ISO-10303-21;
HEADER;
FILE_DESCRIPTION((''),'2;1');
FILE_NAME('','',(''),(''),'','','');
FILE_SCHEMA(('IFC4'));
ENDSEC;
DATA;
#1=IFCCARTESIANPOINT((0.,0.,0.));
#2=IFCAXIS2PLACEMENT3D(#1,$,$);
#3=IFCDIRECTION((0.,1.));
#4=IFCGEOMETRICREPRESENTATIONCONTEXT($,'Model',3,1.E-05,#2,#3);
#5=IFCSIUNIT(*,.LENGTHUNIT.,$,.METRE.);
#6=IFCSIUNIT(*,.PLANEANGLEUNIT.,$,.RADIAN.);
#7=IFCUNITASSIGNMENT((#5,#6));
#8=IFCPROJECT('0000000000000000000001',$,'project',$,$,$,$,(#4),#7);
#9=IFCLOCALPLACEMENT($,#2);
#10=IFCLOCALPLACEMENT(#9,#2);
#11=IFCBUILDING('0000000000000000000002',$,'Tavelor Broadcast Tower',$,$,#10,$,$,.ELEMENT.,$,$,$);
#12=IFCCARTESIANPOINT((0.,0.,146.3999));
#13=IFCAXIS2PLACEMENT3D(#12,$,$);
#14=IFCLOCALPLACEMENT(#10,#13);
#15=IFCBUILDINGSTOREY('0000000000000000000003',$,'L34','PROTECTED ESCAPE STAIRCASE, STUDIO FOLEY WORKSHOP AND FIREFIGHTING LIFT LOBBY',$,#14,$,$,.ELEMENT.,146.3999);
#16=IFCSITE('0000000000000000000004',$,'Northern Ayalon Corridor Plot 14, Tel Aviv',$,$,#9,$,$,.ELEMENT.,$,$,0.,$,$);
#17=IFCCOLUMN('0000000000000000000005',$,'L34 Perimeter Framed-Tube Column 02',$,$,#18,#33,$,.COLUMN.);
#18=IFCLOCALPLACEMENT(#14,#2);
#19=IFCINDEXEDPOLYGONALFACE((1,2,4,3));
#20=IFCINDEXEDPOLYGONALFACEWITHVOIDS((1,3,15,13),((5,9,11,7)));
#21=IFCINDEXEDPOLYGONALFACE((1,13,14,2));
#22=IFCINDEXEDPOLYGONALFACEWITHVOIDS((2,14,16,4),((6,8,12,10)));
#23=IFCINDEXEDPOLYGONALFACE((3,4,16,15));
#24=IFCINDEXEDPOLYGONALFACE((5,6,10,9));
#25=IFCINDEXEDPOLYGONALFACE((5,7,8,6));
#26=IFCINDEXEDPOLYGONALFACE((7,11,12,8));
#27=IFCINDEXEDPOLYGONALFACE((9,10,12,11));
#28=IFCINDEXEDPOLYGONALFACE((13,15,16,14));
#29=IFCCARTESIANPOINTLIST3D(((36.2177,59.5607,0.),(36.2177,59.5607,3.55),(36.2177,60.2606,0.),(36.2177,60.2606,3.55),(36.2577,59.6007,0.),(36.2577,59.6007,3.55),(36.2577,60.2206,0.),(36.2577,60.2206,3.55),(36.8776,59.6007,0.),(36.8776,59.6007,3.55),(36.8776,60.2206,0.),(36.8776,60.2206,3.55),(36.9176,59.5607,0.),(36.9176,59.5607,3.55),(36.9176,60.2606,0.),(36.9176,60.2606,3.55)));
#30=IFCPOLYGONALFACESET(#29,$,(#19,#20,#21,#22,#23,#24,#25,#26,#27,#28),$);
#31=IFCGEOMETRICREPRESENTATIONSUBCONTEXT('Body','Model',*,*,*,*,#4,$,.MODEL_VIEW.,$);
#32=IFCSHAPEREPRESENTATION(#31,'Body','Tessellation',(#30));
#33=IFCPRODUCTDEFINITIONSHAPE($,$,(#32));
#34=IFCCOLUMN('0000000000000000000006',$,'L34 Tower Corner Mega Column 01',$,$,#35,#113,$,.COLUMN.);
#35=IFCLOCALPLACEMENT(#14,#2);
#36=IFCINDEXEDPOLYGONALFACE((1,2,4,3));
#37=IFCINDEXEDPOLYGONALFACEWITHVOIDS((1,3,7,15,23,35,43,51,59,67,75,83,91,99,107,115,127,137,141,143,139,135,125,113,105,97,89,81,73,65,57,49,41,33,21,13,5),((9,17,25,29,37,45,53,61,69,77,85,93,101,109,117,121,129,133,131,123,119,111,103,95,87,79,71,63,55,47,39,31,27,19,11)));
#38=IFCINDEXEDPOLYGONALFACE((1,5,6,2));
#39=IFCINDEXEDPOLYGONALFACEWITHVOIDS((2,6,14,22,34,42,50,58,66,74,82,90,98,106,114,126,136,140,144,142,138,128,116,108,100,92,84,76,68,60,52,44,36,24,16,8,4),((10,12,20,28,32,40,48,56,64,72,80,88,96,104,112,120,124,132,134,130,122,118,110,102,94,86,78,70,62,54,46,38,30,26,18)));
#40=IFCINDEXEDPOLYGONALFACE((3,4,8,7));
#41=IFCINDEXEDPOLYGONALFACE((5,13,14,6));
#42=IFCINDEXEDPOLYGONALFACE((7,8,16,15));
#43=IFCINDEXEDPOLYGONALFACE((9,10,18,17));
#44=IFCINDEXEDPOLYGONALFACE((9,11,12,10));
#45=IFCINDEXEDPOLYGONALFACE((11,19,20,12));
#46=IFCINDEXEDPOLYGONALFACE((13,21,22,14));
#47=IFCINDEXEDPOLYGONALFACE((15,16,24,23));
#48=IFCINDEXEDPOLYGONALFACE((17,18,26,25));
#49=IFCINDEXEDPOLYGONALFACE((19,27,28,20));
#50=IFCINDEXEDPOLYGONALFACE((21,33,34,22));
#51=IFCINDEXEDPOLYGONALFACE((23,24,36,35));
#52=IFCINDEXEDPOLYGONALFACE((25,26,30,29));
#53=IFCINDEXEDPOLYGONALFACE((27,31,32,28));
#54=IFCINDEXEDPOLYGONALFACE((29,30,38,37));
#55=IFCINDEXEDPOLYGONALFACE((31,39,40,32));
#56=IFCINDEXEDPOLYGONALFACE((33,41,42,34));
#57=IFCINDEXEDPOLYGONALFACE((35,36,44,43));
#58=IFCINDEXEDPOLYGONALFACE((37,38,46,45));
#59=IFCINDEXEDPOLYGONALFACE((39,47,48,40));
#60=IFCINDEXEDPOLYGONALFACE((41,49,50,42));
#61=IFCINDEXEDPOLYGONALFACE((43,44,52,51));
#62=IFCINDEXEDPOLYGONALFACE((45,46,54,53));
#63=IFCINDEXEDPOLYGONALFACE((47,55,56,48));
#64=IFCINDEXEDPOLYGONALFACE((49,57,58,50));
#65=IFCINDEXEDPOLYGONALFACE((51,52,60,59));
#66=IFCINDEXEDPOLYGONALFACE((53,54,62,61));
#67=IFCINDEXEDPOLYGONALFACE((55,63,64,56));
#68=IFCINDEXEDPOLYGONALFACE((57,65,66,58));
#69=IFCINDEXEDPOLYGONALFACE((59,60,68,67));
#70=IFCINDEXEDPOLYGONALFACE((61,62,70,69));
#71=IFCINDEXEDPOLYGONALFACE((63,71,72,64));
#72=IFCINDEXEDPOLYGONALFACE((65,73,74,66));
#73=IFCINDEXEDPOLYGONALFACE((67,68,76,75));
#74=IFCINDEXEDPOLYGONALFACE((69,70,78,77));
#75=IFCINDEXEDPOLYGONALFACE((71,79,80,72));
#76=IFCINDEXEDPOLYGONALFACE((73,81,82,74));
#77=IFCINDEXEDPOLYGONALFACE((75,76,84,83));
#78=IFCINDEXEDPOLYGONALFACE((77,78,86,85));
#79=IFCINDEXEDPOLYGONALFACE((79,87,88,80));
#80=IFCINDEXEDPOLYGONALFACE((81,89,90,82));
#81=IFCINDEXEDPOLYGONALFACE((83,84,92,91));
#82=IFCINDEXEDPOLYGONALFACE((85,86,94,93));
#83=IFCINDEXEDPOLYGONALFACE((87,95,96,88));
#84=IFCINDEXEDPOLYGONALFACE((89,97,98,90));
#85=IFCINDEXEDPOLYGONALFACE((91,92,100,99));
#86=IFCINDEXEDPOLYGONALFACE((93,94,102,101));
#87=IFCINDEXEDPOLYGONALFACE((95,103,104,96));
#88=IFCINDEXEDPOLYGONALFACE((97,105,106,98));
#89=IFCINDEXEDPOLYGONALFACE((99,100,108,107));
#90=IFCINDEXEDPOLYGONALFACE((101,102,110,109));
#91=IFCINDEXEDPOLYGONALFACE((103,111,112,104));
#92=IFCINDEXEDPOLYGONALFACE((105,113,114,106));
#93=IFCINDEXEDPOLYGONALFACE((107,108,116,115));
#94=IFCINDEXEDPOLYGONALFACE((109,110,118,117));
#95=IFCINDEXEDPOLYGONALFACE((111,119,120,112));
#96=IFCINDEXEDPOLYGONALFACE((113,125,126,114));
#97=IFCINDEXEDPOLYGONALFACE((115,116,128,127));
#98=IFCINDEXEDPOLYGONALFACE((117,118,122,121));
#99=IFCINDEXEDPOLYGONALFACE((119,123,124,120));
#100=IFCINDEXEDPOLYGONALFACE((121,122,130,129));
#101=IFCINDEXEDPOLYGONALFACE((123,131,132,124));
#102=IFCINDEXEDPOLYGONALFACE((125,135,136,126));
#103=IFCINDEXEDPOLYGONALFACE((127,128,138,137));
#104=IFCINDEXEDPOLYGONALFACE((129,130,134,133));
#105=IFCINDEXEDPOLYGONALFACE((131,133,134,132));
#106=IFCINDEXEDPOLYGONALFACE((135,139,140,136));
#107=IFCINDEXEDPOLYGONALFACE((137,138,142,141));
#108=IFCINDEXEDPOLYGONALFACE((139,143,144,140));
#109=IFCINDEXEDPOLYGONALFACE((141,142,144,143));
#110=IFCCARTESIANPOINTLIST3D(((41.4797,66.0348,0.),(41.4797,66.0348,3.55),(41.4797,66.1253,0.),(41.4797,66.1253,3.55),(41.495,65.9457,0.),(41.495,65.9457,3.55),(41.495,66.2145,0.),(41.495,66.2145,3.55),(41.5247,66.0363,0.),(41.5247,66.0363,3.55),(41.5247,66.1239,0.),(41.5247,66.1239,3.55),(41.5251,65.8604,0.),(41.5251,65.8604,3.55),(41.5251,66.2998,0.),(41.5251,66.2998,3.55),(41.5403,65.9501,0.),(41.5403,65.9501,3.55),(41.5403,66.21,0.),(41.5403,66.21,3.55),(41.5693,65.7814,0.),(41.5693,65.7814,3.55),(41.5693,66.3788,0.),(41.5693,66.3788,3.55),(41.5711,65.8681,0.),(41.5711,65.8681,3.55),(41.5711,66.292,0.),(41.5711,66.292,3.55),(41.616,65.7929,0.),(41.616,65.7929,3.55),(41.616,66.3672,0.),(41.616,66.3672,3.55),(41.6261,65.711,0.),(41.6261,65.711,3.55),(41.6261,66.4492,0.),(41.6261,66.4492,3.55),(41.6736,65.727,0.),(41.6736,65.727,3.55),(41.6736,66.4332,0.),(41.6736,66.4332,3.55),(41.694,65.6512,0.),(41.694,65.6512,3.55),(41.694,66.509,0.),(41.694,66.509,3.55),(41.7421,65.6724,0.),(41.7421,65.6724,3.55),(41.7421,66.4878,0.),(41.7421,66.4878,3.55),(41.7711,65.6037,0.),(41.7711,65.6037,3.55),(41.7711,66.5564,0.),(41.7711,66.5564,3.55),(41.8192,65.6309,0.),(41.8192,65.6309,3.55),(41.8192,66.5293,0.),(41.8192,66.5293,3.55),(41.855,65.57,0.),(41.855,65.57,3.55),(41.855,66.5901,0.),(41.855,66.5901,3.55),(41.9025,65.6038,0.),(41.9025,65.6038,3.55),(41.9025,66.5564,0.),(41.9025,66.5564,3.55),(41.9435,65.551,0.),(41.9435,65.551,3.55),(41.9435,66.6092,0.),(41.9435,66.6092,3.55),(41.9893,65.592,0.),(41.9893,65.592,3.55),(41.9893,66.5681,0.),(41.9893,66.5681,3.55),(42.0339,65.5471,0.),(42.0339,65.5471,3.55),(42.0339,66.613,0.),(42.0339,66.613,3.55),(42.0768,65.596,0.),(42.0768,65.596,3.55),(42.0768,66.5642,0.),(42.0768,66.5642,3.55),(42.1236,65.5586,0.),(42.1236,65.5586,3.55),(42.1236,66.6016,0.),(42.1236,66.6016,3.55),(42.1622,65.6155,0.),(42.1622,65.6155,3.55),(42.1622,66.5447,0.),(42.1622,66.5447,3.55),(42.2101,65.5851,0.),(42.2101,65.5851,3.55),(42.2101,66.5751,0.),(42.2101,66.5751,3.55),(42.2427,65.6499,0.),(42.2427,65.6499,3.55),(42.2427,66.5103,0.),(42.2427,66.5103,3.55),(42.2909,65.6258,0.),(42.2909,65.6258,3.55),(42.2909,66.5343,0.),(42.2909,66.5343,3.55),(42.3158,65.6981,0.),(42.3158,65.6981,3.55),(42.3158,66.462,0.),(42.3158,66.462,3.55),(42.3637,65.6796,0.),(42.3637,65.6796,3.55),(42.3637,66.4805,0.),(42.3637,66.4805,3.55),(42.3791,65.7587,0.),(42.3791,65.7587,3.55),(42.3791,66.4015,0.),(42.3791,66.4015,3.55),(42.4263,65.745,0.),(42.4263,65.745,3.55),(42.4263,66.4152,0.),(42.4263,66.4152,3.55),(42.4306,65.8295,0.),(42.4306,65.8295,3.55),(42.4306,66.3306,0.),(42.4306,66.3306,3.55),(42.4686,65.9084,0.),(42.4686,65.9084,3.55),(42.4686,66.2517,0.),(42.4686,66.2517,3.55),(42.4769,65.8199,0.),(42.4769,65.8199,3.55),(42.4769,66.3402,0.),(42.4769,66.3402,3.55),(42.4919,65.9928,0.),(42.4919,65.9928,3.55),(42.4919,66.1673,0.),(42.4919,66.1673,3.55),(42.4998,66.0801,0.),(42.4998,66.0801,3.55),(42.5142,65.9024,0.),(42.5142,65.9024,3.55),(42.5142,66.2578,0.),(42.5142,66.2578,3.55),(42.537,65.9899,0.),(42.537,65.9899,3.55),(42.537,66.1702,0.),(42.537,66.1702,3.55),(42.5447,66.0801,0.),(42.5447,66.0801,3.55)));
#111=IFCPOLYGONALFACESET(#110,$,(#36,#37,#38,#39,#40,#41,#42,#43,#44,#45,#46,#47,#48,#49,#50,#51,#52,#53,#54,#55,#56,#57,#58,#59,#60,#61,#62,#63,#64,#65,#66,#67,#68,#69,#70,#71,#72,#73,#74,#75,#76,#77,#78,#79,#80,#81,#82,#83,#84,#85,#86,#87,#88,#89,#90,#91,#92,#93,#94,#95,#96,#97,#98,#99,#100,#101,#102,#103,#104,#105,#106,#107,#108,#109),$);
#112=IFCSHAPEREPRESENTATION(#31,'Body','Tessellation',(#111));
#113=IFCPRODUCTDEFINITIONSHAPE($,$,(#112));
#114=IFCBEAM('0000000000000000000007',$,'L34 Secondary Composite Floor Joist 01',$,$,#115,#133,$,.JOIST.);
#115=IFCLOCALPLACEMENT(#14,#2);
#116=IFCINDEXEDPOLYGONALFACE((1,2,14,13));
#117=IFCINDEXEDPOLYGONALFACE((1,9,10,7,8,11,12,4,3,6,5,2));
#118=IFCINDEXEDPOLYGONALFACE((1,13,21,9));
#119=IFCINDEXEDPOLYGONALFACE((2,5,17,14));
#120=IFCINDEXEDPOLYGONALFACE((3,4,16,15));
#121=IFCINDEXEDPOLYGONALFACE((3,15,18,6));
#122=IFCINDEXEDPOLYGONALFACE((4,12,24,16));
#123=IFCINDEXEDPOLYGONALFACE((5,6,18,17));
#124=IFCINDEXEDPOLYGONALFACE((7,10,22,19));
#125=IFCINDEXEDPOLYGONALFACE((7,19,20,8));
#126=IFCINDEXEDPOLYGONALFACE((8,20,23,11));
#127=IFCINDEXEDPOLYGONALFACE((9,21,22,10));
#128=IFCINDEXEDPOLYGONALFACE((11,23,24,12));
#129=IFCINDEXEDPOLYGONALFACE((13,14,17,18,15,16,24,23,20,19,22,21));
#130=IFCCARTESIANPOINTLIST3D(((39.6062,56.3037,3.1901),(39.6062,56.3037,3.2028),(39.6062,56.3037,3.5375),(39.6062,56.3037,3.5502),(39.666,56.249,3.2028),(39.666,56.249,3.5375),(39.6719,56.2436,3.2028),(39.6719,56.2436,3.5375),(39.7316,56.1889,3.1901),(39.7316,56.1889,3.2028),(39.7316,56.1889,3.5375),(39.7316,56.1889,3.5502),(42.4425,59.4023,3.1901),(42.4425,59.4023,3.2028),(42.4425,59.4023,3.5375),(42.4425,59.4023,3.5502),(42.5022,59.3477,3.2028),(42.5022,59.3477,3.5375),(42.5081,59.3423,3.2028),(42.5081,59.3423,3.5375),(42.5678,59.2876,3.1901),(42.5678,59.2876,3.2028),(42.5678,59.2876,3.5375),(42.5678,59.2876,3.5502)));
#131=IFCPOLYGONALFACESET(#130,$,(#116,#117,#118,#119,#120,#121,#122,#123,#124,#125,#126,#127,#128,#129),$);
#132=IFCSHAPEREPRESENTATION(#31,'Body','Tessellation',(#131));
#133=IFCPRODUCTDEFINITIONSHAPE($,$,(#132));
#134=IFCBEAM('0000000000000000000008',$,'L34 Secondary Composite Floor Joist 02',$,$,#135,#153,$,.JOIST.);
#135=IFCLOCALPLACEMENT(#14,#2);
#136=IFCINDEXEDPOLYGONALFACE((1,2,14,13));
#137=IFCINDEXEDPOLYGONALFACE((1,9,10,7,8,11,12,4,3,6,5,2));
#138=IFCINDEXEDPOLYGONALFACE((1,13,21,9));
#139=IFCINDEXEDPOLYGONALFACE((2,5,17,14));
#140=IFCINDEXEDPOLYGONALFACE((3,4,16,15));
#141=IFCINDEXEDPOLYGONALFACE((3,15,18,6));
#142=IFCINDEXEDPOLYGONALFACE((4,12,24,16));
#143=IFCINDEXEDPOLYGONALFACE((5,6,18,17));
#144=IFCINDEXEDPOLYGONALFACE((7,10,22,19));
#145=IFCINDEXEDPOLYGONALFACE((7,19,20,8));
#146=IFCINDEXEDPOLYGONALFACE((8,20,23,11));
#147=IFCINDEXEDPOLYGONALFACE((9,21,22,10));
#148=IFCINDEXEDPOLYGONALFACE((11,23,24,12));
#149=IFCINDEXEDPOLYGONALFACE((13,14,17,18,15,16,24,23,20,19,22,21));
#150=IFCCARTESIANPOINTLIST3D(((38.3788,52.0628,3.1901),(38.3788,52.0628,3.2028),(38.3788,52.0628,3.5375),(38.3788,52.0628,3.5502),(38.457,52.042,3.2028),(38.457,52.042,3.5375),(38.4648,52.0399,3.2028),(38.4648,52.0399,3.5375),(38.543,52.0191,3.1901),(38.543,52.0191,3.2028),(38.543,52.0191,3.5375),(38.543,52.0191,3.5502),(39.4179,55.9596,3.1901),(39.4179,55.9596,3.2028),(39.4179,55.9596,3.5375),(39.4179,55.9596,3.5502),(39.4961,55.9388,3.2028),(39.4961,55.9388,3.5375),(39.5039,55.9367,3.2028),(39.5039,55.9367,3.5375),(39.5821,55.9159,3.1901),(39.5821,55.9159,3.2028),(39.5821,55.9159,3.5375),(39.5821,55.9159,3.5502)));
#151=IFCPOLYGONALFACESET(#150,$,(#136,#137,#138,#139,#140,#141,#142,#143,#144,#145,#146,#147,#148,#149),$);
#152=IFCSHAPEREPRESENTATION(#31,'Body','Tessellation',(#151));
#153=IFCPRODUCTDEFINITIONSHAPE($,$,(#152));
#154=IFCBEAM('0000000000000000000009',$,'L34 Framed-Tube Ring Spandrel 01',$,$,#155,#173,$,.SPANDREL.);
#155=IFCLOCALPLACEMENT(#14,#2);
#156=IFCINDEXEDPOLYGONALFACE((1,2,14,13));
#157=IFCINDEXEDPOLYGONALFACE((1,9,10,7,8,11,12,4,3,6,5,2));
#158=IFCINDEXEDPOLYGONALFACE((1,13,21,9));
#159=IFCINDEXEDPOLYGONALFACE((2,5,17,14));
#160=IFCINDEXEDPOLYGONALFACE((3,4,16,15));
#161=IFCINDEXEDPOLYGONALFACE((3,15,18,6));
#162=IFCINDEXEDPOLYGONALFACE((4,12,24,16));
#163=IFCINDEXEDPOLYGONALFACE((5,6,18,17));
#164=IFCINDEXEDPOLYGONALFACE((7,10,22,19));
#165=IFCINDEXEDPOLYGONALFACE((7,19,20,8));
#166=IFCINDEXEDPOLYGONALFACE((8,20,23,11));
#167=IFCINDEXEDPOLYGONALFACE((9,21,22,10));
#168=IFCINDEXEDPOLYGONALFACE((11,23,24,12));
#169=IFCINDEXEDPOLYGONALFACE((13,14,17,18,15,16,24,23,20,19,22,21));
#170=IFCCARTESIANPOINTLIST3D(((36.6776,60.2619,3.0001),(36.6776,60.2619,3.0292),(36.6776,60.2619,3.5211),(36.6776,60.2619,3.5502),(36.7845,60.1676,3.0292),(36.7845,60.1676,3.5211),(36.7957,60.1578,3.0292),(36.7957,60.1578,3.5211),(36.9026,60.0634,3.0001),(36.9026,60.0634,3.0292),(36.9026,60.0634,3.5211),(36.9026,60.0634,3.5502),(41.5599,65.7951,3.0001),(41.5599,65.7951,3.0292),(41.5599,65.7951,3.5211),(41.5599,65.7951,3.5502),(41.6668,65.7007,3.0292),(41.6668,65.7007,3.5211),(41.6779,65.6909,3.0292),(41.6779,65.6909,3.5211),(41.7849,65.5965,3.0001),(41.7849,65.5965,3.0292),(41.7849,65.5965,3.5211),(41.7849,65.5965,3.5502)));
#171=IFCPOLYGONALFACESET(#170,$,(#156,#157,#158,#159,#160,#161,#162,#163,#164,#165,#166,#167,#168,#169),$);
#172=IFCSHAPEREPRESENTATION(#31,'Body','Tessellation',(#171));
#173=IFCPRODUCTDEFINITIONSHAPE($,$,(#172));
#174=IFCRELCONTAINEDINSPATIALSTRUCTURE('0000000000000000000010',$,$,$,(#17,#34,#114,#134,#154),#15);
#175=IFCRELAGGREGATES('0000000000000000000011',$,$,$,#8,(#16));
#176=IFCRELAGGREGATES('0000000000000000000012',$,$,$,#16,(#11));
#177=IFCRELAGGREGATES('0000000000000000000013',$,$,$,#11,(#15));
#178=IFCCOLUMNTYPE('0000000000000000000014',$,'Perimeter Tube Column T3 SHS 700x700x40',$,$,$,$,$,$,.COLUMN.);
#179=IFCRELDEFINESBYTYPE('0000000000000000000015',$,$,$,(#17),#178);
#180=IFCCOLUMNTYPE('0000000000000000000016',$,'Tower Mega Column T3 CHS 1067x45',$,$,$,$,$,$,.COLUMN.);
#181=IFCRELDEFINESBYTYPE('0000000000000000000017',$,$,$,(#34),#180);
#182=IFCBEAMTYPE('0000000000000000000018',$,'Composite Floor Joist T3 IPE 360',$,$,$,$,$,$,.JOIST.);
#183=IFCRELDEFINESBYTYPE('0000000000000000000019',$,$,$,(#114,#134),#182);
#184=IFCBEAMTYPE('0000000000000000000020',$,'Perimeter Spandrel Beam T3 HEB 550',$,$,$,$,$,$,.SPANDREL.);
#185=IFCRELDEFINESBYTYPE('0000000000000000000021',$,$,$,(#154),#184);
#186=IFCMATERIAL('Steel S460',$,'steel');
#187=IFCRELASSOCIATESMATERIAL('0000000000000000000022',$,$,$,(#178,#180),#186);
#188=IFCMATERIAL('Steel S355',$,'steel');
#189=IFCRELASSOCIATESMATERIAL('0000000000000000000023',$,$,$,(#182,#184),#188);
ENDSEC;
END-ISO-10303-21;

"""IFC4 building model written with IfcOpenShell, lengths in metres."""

from ifc_helpers import new_model, si_unit, direction, frame, origin, origin_2d, place, context, subcontext, project, spatial, hollow_rectangle, hollow_circle, i_section, extrude, material, material_profile, profile_set, type_object, element, save


model = new_model("IFC4")

# Units and contexts
model_context = context("Model", 3, precision=1e-05, world=origin(), true_north=direction((0.0, 1.0)))
body_context = subcontext(model_context, "Body", "Model", "MODEL_VIEW")
ifc_project = project(units=[si_unit("LENGTHUNIT", "METRE"), si_unit("PLANEANGLEUNIT", "RADIAN")], contexts=[model_context])

# Site, building, storey
site_placement = place(None, origin())
site = spatial("IfcSite", under=ifc_project, at=site_placement, Name="Northern Ayalon Corridor Plot 14, Tel Aviv", CompositionType="ELEMENT", RefElevation=0.0)
building_placement = place(site_placement, origin())
building = spatial("IfcBuilding", under=site, at=building_placement, Name="Tavelor Broadcast Tower", CompositionType="ELEMENT")
storey_placement = place(building_placement, frame((0.0, 0.0, 146.3999)))
storey = spatial("IfcBuildingStorey", under=building, at=storey_placement, Name="L34", Description="PROTECTED ESCAPE STAIRCASE, STUDIO FOLEY WORKSHOP AND FIREFIGHTING LIFT LOBBY", CompositionType="ELEMENT", Elevation=146.3999)

# Columns
ifc_material_1 = material(Name="Steel S460", Category="steel")
ifc_material_profile_1 = material_profile(ifc_material_1, hollow_rectangle(XDim=0.7, YDim=0.7, WallThickness=0.04, at=origin_2d()), Name="SHS 700x700x40")
ifc_profile_set_1 = profile_set([ifc_material_profile_1], Name="Steel S460")
column_type_1 = type_object("IfcColumnType", Name="Perimeter Tube Column T3 SHS 700x700x40", PredefinedType="COLUMN", material=ifc_profile_set_1)
column_1_placement = place(storey_placement, frame((36.5676, 59.9106, 0.0), z_axis=(0.0, 0.0, 1.0), x_axis=(1.0, 0.0, 0.0)))
element("IfcColumn", 1, at=column_1_placement, inside=storey, type_object=column_type_1, Name="L34 Perimeter Framed-Tube Column 02", PredefinedType="COLUMN", context=body_context, shape_type="SweptSolid", body=[
    extrude(hollow_rectangle(XDim=0.7, YDim=0.7, WallThickness=0.04, at=origin_2d()), origin(), (0.0, 0.0, 1.0), 3.55),
])
ifc_material_profile_2 = material_profile(ifc_material_1, hollow_circle(Radius=0.5334, WallThickness=0.0449, at=origin_2d()), Name="CHS 1067x45")
ifc_profile_set_2 = profile_set([ifc_material_profile_2], Name="Steel S460")
column_type_2 = type_object("IfcColumnType", Name="Tower Mega Column T3 CHS 1067x45", PredefinedType="COLUMN", material=ifc_profile_set_2)
column_2_placement = place(storey_placement, frame((42.0112, 66.0801, 0.0), z_axis=(0.0, 0.0, 1.0), x_axis=(1.0, 0.0, 0.0)))
element("IfcColumn", 2, at=column_2_placement, inside=storey, type_object=column_type_2, Name="L34 Tower Corner Mega Column 01", PredefinedType="COLUMN", context=body_context, shape_type="SweptSolid", body=[
    extrude(hollow_circle(Radius=0.5334, WallThickness=0.0449, at=origin_2d()), origin(), (0.0, 0.0, 1.0), 3.55),
])

# Beams
ifc_material_2 = material(Name="Steel S355", Category="steel")
ifc_material_profile_3 = material_profile(ifc_material_2, i_section(OverallWidth=0.1699, OverallDepth=0.3601, WebThickness=0.0081, FlangeThickness=0.0127, at=origin_2d()), Name="IPE 360")
ifc_profile_set_3 = profile_set([ifc_material_profile_3], Name="Steel S355")
beam_type_1 = type_object("IfcBeamType", Name="Composite Floor Joist T3 IPE 360", PredefinedType="JOIST", material=ifc_profile_set_3)
beam_1_placement = place(storey_placement, frame((42.5051, 59.345, 3.3701), z_axis=(-0.675177, -0.737656, 0.0), x_axis=(0.737656, -0.675177, 0.0)))
element("IfcBeam", 3, at=beam_1_placement, inside=storey, type_object=beam_type_1, Name="L34 Secondary Composite Floor Joist 01", PredefinedType="JOIST", context=body_context, shape_type="SweptSolid", body=[
    extrude(i_section(OverallWidth=0.1699, OverallDepth=0.3601, WebThickness=0.0081, FlangeThickness=0.0127, at=origin_2d()), origin(), (0.0, 0.0, 1.0), 4.2007),
])
beam_2_placement = place(storey_placement, frame((39.5, 55.9377, 3.3701), z_axis=(-0.257648, -0.966239, 0.0), x_axis=(0.966239, -0.257648, 0.0)))
element("IfcBeam", 4, at=beam_2_placement, inside=storey, type_object=beam_type_1, Name="L34 Secondary Composite Floor Joist 02", PredefinedType="JOIST", context=body_context, shape_type="SweptSolid", body=[
    extrude(i_section(OverallWidth=0.1699, OverallDepth=0.3601, WebThickness=0.0081, FlangeThickness=0.0127, at=origin_2d()), origin(), (0.0, 0.0, 1.0), 4.033),
])
ifc_material_profile_4 = material_profile(ifc_material_2, i_section(OverallWidth=0.3, OverallDepth=0.55, WebThickness=0.0149, FlangeThickness=0.0291, at=origin_2d()), Name="HEB 550")
ifc_profile_set_4 = profile_set([ifc_material_profile_4], Name="Steel S355")
beam_type_2 = type_object("IfcBeamType", Name="Perimeter Spandrel Beam T3 HEB 550", PredefinedType="SPANDREL", material=ifc_profile_set_4)
beam_3_placement = place(storey_placement, frame((41.6724, 65.6958, 3.2751), z_axis=(-0.661628, -0.749832, 0.0), x_axis=(0.749832, -0.661628, 0.0)))
element("IfcBeam", 5, at=beam_3_placement, inside=storey, type_object=beam_type_2, Name="L34 Framed-Tube Ring Spandrel 01", PredefinedType="SPANDREL", context=body_context, shape_type="SweptSolid", body=[
    extrude(i_section(OverallWidth=0.3, OverallDepth=0.55, WebThickness=0.0149, FlangeThickness=0.0291, at=origin_2d()), origin(), (0.0, 0.0, 1.0), 7.3792),
])

save(model, "model.ifc")
